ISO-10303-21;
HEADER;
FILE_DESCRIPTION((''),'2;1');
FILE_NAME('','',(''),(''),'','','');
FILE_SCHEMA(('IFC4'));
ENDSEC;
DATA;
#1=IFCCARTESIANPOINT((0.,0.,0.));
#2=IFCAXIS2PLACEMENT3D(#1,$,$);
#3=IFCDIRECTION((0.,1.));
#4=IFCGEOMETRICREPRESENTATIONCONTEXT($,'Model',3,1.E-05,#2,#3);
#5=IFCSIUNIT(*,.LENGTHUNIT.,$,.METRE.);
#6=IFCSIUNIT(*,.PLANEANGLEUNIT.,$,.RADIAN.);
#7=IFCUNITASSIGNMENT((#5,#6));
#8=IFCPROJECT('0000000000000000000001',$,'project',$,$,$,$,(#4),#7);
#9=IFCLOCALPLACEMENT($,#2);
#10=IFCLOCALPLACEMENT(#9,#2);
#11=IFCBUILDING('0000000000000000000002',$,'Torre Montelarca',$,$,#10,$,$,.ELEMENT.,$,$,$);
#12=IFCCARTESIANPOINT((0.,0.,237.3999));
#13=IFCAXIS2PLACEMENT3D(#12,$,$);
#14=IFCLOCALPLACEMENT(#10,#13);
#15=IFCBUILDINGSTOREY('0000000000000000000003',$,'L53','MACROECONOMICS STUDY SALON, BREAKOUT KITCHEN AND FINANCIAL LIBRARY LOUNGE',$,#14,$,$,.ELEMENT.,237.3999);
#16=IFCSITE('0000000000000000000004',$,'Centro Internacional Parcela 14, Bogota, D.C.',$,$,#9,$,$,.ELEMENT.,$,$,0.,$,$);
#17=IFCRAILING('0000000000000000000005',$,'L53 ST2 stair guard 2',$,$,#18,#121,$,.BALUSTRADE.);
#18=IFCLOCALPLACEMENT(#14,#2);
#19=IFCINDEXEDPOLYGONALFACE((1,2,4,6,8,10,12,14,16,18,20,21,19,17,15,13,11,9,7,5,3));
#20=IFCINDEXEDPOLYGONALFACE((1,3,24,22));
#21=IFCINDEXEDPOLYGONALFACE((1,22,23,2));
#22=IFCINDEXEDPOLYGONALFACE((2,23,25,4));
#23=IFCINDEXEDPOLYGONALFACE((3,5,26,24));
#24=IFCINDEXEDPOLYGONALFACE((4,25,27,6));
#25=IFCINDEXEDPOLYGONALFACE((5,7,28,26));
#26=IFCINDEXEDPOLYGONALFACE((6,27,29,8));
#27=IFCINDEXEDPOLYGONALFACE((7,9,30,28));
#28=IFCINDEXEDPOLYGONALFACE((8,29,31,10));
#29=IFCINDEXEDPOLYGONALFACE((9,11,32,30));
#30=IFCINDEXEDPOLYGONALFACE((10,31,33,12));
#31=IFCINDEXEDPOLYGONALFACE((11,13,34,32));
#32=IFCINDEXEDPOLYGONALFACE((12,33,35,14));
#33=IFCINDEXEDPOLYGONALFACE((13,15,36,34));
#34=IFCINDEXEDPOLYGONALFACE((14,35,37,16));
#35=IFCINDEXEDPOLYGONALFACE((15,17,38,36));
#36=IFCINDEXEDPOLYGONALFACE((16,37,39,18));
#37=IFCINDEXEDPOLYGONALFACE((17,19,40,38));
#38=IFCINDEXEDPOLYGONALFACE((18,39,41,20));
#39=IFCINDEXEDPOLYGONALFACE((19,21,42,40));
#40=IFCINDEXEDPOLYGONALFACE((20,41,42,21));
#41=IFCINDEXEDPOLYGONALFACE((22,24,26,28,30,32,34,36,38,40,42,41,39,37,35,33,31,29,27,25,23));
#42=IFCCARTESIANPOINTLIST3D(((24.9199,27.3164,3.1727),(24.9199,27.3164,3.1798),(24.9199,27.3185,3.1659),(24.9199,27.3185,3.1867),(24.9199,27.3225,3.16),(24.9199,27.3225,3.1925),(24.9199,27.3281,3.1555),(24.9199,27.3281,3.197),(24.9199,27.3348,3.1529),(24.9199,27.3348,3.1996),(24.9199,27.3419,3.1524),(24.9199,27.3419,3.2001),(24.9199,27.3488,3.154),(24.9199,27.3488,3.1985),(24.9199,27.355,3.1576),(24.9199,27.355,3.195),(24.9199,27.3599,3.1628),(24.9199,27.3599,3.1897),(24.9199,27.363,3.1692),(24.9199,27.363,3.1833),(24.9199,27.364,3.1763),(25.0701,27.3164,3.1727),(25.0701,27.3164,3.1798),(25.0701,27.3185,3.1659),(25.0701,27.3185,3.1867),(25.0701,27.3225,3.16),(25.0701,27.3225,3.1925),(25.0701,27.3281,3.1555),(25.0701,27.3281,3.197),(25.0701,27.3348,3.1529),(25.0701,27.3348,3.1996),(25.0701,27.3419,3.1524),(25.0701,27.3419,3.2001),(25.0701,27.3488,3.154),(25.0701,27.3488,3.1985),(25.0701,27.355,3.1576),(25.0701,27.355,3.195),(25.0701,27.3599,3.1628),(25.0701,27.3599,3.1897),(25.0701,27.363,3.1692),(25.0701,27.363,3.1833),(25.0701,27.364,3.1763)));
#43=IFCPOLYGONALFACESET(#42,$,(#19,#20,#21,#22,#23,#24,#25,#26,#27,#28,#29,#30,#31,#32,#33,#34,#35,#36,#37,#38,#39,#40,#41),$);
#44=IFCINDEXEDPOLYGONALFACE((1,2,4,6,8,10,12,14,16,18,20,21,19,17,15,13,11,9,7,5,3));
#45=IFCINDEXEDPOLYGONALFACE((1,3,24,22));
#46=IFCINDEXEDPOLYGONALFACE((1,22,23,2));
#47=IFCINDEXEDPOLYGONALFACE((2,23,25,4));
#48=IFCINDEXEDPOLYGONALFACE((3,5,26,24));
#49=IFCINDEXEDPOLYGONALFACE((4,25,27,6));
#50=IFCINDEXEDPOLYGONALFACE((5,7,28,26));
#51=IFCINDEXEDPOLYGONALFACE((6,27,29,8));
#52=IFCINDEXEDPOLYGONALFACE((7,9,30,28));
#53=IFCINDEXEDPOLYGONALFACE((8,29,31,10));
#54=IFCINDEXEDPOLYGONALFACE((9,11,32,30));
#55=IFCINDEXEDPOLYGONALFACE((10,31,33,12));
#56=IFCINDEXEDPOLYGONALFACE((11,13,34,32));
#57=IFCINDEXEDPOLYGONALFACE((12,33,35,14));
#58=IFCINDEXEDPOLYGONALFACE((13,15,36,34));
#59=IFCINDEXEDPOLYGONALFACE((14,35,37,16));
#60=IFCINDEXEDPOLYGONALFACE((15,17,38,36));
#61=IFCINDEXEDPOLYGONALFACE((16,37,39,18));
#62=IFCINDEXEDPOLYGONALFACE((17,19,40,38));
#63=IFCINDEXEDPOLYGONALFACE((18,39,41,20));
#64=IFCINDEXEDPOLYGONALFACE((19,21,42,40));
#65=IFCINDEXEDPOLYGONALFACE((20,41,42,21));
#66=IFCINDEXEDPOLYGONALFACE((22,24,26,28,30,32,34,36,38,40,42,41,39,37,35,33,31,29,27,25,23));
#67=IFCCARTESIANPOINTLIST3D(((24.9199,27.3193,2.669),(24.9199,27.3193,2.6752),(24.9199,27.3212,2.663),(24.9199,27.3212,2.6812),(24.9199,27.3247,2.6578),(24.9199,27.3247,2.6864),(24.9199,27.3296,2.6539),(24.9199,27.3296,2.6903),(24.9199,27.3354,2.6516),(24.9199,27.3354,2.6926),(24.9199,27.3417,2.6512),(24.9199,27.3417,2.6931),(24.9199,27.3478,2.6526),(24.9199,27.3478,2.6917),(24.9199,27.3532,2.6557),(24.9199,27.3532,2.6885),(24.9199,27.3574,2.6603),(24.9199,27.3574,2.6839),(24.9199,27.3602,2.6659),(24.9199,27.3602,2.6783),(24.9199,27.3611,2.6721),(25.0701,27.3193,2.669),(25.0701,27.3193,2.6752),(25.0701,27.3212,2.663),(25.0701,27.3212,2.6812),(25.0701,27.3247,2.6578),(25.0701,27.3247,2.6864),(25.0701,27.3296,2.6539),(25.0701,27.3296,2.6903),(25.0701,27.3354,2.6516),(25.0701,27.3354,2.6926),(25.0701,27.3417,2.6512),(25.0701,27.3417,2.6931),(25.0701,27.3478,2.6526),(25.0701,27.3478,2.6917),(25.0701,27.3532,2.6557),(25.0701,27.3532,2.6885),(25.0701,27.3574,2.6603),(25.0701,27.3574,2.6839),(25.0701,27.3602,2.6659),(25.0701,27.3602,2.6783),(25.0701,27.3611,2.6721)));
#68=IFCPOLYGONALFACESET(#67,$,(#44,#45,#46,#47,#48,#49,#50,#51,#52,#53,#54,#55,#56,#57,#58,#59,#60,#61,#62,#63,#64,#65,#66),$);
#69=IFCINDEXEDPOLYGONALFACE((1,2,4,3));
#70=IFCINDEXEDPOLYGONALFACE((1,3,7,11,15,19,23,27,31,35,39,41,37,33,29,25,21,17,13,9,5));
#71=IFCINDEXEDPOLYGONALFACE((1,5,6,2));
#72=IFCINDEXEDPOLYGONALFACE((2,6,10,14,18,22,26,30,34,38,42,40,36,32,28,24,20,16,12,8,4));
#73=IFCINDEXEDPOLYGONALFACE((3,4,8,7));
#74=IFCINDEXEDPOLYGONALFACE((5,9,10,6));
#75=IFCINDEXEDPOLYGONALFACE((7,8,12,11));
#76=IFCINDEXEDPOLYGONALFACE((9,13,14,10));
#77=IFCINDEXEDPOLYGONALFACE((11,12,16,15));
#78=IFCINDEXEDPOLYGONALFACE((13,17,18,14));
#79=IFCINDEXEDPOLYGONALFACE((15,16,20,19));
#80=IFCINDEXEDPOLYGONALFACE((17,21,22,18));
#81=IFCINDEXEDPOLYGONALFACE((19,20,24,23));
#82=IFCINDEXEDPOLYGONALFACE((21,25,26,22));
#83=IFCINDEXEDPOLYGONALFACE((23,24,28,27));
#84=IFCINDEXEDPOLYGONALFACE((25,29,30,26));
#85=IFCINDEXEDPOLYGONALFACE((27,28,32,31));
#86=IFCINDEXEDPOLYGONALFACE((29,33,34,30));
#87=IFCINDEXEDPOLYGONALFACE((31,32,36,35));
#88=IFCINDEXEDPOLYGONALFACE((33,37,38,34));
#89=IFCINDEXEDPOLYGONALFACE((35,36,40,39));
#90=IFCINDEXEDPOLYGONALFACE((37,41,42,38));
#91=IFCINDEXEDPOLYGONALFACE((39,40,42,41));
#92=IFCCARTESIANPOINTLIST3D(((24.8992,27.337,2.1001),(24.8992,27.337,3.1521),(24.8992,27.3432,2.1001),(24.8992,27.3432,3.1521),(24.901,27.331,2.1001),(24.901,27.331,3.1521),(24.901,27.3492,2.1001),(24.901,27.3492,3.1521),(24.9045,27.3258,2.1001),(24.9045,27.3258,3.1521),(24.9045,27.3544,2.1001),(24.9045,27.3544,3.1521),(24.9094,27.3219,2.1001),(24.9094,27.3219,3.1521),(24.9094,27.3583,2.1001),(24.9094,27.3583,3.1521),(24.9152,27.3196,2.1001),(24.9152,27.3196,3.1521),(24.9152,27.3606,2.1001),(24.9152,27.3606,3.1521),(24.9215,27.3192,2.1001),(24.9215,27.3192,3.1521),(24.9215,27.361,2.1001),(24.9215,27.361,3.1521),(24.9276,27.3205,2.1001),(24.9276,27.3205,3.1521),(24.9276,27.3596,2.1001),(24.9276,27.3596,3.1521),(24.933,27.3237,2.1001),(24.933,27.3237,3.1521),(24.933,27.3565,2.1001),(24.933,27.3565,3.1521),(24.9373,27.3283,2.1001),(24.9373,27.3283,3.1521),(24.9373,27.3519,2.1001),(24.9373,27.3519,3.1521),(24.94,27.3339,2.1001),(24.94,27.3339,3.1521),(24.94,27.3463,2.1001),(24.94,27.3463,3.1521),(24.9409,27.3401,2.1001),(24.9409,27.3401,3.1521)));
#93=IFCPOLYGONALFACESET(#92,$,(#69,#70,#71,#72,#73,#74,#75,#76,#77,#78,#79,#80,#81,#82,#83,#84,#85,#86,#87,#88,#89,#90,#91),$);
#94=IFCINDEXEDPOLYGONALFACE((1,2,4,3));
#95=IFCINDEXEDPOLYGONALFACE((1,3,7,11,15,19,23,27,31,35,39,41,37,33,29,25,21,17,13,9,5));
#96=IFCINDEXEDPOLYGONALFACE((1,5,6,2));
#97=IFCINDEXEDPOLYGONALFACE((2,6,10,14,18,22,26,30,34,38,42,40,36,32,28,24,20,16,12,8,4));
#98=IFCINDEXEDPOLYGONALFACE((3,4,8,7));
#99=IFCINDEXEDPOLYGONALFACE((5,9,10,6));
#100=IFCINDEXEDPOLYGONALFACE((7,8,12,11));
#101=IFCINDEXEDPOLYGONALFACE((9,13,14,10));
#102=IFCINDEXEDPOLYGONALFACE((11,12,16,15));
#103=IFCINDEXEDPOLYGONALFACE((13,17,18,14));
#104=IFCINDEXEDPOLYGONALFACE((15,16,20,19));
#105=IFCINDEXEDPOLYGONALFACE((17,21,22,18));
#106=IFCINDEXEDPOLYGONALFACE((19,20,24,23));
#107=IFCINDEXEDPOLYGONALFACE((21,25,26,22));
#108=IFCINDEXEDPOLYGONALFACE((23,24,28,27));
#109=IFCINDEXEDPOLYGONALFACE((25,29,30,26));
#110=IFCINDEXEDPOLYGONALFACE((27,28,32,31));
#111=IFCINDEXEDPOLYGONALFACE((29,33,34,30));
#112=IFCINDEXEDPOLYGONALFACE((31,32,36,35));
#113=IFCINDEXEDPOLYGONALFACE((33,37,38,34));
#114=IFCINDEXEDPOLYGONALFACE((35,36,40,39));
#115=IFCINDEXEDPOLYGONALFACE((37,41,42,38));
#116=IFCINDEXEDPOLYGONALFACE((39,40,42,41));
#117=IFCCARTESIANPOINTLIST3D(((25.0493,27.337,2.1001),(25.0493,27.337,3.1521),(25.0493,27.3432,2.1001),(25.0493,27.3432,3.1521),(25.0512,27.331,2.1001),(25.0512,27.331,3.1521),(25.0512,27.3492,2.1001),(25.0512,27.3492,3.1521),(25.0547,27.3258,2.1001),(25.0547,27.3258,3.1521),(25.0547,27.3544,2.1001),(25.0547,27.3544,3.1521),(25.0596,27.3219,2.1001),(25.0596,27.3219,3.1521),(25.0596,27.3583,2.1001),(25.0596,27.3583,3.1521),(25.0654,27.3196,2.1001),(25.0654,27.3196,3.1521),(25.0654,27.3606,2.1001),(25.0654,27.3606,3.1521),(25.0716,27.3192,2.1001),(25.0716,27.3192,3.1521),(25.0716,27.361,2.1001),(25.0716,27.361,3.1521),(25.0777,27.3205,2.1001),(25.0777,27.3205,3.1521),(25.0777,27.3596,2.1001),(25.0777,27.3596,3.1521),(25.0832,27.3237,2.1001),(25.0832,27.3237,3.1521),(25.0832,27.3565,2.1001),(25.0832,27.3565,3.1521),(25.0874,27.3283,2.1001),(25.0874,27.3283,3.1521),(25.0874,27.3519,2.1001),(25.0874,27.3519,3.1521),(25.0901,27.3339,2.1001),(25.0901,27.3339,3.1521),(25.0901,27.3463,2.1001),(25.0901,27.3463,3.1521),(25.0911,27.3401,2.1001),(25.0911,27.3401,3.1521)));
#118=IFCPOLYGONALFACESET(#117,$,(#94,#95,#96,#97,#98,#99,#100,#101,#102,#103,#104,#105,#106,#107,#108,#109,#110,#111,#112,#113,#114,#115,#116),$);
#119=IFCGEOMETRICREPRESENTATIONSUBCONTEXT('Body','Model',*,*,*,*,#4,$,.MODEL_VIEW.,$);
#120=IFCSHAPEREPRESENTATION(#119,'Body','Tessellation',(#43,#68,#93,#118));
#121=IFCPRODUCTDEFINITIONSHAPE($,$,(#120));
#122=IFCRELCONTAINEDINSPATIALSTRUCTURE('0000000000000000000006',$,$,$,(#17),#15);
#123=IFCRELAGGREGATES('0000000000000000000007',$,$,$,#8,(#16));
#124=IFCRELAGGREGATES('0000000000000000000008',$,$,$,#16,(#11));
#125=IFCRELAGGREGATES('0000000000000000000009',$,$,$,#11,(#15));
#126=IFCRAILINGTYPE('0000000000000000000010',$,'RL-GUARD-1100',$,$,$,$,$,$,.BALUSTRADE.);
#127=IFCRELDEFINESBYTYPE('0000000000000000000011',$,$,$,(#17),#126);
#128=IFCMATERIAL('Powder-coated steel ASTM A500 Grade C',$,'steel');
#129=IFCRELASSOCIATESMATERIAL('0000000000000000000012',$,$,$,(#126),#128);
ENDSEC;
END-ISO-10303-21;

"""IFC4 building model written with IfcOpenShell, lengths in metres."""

from ifc_helpers import new_model, si_unit, direction, frame, origin, origin_2d, place, context, subcontext, project, spatial, circle, extrude, material, type_object, element, save


model = new_model("IFC4")

# Units and contexts
model_context = context("Model", 3, precision=1e-05, world=origin(), true_north=direction((0.0, 1.0)))
body_context = subcontext(model_context, "Body", "Model", "MODEL_VIEW")
ifc_project = project(units=[si_unit("LENGTHUNIT", "METRE"), si_unit("PLANEANGLEUNIT", "RADIAN")], contexts=[model_context])

# Site, building, storey
site_placement = place(None, origin())
site = spatial("IfcSite", under=ifc_project, at=site_placement, Name="Centro Internacional Parcela 14, Bogota, D.C.", CompositionType="ELEMENT", RefElevation=0.0)
building_placement = place(site_placement, origin())
building = spatial("IfcBuilding", under=site, at=building_placement, Name="Torre Montelarca", CompositionType="ELEMENT")
storey_placement = place(building_placement, frame((0.0, 0.0, 237.3999)))
storey = spatial("IfcBuildingStorey", under=building, at=storey_placement, Name="L53", Description="MACROECONOMICS STUDY SALON, BREAKOUT KITCHEN AND FINANCIAL LIBRARY LOUNGE", CompositionType="ELEMENT", Elevation=237.3999)

# Railing
ifc_material_1 = material(Name="Powder-coated steel ASTM A500 Grade C", Category="steel")
railing_type_1 = type_object("IfcRailingType", Name="RL-GUARD-1100", PredefinedType="BALUSTRADE", material=ifc_material_1)
railing_1_placement = place(storey_placement, frame((24.9199, 27.3401, 2.1001)))
element("IfcRailing", 1, at=railing_1_placement, inside=storey, type_object=railing_type_1, Name="L53 ST2 stair guard 2", PredefinedType="BALUSTRADE", context=body_context, shape_type="SweptSolid", body=[
    extrude(circle(Radius=0.0239, at=origin_2d()), frame((0.0, 0.0, 1.0762), z_axis=(1.0, 0.0, 0.0), x_axis=(0.0, 1.0, 0.0)), (0.0, 0.0, 1.0), 0.1501),
    extrude(circle(Radius=0.021, at=origin_2d()), frame((0.0, 0.0, 0.572), z_axis=(1.0, 0.0, 0.0), x_axis=(0.0, 1.0, 0.0)), (0.0, 0.0, 1.0), 0.1501),
    extrude(circle(Radius=0.021, at=origin_2d()), origin(), (0.0, 0.0, 1.0), 1.052),
    extrude(circle(Radius=0.021, at=origin_2d()), frame((0.1501, 0.0, 0.0)), (0.0, 0.0, 1.0), 1.052),
])

save(model, "model.ifc")
